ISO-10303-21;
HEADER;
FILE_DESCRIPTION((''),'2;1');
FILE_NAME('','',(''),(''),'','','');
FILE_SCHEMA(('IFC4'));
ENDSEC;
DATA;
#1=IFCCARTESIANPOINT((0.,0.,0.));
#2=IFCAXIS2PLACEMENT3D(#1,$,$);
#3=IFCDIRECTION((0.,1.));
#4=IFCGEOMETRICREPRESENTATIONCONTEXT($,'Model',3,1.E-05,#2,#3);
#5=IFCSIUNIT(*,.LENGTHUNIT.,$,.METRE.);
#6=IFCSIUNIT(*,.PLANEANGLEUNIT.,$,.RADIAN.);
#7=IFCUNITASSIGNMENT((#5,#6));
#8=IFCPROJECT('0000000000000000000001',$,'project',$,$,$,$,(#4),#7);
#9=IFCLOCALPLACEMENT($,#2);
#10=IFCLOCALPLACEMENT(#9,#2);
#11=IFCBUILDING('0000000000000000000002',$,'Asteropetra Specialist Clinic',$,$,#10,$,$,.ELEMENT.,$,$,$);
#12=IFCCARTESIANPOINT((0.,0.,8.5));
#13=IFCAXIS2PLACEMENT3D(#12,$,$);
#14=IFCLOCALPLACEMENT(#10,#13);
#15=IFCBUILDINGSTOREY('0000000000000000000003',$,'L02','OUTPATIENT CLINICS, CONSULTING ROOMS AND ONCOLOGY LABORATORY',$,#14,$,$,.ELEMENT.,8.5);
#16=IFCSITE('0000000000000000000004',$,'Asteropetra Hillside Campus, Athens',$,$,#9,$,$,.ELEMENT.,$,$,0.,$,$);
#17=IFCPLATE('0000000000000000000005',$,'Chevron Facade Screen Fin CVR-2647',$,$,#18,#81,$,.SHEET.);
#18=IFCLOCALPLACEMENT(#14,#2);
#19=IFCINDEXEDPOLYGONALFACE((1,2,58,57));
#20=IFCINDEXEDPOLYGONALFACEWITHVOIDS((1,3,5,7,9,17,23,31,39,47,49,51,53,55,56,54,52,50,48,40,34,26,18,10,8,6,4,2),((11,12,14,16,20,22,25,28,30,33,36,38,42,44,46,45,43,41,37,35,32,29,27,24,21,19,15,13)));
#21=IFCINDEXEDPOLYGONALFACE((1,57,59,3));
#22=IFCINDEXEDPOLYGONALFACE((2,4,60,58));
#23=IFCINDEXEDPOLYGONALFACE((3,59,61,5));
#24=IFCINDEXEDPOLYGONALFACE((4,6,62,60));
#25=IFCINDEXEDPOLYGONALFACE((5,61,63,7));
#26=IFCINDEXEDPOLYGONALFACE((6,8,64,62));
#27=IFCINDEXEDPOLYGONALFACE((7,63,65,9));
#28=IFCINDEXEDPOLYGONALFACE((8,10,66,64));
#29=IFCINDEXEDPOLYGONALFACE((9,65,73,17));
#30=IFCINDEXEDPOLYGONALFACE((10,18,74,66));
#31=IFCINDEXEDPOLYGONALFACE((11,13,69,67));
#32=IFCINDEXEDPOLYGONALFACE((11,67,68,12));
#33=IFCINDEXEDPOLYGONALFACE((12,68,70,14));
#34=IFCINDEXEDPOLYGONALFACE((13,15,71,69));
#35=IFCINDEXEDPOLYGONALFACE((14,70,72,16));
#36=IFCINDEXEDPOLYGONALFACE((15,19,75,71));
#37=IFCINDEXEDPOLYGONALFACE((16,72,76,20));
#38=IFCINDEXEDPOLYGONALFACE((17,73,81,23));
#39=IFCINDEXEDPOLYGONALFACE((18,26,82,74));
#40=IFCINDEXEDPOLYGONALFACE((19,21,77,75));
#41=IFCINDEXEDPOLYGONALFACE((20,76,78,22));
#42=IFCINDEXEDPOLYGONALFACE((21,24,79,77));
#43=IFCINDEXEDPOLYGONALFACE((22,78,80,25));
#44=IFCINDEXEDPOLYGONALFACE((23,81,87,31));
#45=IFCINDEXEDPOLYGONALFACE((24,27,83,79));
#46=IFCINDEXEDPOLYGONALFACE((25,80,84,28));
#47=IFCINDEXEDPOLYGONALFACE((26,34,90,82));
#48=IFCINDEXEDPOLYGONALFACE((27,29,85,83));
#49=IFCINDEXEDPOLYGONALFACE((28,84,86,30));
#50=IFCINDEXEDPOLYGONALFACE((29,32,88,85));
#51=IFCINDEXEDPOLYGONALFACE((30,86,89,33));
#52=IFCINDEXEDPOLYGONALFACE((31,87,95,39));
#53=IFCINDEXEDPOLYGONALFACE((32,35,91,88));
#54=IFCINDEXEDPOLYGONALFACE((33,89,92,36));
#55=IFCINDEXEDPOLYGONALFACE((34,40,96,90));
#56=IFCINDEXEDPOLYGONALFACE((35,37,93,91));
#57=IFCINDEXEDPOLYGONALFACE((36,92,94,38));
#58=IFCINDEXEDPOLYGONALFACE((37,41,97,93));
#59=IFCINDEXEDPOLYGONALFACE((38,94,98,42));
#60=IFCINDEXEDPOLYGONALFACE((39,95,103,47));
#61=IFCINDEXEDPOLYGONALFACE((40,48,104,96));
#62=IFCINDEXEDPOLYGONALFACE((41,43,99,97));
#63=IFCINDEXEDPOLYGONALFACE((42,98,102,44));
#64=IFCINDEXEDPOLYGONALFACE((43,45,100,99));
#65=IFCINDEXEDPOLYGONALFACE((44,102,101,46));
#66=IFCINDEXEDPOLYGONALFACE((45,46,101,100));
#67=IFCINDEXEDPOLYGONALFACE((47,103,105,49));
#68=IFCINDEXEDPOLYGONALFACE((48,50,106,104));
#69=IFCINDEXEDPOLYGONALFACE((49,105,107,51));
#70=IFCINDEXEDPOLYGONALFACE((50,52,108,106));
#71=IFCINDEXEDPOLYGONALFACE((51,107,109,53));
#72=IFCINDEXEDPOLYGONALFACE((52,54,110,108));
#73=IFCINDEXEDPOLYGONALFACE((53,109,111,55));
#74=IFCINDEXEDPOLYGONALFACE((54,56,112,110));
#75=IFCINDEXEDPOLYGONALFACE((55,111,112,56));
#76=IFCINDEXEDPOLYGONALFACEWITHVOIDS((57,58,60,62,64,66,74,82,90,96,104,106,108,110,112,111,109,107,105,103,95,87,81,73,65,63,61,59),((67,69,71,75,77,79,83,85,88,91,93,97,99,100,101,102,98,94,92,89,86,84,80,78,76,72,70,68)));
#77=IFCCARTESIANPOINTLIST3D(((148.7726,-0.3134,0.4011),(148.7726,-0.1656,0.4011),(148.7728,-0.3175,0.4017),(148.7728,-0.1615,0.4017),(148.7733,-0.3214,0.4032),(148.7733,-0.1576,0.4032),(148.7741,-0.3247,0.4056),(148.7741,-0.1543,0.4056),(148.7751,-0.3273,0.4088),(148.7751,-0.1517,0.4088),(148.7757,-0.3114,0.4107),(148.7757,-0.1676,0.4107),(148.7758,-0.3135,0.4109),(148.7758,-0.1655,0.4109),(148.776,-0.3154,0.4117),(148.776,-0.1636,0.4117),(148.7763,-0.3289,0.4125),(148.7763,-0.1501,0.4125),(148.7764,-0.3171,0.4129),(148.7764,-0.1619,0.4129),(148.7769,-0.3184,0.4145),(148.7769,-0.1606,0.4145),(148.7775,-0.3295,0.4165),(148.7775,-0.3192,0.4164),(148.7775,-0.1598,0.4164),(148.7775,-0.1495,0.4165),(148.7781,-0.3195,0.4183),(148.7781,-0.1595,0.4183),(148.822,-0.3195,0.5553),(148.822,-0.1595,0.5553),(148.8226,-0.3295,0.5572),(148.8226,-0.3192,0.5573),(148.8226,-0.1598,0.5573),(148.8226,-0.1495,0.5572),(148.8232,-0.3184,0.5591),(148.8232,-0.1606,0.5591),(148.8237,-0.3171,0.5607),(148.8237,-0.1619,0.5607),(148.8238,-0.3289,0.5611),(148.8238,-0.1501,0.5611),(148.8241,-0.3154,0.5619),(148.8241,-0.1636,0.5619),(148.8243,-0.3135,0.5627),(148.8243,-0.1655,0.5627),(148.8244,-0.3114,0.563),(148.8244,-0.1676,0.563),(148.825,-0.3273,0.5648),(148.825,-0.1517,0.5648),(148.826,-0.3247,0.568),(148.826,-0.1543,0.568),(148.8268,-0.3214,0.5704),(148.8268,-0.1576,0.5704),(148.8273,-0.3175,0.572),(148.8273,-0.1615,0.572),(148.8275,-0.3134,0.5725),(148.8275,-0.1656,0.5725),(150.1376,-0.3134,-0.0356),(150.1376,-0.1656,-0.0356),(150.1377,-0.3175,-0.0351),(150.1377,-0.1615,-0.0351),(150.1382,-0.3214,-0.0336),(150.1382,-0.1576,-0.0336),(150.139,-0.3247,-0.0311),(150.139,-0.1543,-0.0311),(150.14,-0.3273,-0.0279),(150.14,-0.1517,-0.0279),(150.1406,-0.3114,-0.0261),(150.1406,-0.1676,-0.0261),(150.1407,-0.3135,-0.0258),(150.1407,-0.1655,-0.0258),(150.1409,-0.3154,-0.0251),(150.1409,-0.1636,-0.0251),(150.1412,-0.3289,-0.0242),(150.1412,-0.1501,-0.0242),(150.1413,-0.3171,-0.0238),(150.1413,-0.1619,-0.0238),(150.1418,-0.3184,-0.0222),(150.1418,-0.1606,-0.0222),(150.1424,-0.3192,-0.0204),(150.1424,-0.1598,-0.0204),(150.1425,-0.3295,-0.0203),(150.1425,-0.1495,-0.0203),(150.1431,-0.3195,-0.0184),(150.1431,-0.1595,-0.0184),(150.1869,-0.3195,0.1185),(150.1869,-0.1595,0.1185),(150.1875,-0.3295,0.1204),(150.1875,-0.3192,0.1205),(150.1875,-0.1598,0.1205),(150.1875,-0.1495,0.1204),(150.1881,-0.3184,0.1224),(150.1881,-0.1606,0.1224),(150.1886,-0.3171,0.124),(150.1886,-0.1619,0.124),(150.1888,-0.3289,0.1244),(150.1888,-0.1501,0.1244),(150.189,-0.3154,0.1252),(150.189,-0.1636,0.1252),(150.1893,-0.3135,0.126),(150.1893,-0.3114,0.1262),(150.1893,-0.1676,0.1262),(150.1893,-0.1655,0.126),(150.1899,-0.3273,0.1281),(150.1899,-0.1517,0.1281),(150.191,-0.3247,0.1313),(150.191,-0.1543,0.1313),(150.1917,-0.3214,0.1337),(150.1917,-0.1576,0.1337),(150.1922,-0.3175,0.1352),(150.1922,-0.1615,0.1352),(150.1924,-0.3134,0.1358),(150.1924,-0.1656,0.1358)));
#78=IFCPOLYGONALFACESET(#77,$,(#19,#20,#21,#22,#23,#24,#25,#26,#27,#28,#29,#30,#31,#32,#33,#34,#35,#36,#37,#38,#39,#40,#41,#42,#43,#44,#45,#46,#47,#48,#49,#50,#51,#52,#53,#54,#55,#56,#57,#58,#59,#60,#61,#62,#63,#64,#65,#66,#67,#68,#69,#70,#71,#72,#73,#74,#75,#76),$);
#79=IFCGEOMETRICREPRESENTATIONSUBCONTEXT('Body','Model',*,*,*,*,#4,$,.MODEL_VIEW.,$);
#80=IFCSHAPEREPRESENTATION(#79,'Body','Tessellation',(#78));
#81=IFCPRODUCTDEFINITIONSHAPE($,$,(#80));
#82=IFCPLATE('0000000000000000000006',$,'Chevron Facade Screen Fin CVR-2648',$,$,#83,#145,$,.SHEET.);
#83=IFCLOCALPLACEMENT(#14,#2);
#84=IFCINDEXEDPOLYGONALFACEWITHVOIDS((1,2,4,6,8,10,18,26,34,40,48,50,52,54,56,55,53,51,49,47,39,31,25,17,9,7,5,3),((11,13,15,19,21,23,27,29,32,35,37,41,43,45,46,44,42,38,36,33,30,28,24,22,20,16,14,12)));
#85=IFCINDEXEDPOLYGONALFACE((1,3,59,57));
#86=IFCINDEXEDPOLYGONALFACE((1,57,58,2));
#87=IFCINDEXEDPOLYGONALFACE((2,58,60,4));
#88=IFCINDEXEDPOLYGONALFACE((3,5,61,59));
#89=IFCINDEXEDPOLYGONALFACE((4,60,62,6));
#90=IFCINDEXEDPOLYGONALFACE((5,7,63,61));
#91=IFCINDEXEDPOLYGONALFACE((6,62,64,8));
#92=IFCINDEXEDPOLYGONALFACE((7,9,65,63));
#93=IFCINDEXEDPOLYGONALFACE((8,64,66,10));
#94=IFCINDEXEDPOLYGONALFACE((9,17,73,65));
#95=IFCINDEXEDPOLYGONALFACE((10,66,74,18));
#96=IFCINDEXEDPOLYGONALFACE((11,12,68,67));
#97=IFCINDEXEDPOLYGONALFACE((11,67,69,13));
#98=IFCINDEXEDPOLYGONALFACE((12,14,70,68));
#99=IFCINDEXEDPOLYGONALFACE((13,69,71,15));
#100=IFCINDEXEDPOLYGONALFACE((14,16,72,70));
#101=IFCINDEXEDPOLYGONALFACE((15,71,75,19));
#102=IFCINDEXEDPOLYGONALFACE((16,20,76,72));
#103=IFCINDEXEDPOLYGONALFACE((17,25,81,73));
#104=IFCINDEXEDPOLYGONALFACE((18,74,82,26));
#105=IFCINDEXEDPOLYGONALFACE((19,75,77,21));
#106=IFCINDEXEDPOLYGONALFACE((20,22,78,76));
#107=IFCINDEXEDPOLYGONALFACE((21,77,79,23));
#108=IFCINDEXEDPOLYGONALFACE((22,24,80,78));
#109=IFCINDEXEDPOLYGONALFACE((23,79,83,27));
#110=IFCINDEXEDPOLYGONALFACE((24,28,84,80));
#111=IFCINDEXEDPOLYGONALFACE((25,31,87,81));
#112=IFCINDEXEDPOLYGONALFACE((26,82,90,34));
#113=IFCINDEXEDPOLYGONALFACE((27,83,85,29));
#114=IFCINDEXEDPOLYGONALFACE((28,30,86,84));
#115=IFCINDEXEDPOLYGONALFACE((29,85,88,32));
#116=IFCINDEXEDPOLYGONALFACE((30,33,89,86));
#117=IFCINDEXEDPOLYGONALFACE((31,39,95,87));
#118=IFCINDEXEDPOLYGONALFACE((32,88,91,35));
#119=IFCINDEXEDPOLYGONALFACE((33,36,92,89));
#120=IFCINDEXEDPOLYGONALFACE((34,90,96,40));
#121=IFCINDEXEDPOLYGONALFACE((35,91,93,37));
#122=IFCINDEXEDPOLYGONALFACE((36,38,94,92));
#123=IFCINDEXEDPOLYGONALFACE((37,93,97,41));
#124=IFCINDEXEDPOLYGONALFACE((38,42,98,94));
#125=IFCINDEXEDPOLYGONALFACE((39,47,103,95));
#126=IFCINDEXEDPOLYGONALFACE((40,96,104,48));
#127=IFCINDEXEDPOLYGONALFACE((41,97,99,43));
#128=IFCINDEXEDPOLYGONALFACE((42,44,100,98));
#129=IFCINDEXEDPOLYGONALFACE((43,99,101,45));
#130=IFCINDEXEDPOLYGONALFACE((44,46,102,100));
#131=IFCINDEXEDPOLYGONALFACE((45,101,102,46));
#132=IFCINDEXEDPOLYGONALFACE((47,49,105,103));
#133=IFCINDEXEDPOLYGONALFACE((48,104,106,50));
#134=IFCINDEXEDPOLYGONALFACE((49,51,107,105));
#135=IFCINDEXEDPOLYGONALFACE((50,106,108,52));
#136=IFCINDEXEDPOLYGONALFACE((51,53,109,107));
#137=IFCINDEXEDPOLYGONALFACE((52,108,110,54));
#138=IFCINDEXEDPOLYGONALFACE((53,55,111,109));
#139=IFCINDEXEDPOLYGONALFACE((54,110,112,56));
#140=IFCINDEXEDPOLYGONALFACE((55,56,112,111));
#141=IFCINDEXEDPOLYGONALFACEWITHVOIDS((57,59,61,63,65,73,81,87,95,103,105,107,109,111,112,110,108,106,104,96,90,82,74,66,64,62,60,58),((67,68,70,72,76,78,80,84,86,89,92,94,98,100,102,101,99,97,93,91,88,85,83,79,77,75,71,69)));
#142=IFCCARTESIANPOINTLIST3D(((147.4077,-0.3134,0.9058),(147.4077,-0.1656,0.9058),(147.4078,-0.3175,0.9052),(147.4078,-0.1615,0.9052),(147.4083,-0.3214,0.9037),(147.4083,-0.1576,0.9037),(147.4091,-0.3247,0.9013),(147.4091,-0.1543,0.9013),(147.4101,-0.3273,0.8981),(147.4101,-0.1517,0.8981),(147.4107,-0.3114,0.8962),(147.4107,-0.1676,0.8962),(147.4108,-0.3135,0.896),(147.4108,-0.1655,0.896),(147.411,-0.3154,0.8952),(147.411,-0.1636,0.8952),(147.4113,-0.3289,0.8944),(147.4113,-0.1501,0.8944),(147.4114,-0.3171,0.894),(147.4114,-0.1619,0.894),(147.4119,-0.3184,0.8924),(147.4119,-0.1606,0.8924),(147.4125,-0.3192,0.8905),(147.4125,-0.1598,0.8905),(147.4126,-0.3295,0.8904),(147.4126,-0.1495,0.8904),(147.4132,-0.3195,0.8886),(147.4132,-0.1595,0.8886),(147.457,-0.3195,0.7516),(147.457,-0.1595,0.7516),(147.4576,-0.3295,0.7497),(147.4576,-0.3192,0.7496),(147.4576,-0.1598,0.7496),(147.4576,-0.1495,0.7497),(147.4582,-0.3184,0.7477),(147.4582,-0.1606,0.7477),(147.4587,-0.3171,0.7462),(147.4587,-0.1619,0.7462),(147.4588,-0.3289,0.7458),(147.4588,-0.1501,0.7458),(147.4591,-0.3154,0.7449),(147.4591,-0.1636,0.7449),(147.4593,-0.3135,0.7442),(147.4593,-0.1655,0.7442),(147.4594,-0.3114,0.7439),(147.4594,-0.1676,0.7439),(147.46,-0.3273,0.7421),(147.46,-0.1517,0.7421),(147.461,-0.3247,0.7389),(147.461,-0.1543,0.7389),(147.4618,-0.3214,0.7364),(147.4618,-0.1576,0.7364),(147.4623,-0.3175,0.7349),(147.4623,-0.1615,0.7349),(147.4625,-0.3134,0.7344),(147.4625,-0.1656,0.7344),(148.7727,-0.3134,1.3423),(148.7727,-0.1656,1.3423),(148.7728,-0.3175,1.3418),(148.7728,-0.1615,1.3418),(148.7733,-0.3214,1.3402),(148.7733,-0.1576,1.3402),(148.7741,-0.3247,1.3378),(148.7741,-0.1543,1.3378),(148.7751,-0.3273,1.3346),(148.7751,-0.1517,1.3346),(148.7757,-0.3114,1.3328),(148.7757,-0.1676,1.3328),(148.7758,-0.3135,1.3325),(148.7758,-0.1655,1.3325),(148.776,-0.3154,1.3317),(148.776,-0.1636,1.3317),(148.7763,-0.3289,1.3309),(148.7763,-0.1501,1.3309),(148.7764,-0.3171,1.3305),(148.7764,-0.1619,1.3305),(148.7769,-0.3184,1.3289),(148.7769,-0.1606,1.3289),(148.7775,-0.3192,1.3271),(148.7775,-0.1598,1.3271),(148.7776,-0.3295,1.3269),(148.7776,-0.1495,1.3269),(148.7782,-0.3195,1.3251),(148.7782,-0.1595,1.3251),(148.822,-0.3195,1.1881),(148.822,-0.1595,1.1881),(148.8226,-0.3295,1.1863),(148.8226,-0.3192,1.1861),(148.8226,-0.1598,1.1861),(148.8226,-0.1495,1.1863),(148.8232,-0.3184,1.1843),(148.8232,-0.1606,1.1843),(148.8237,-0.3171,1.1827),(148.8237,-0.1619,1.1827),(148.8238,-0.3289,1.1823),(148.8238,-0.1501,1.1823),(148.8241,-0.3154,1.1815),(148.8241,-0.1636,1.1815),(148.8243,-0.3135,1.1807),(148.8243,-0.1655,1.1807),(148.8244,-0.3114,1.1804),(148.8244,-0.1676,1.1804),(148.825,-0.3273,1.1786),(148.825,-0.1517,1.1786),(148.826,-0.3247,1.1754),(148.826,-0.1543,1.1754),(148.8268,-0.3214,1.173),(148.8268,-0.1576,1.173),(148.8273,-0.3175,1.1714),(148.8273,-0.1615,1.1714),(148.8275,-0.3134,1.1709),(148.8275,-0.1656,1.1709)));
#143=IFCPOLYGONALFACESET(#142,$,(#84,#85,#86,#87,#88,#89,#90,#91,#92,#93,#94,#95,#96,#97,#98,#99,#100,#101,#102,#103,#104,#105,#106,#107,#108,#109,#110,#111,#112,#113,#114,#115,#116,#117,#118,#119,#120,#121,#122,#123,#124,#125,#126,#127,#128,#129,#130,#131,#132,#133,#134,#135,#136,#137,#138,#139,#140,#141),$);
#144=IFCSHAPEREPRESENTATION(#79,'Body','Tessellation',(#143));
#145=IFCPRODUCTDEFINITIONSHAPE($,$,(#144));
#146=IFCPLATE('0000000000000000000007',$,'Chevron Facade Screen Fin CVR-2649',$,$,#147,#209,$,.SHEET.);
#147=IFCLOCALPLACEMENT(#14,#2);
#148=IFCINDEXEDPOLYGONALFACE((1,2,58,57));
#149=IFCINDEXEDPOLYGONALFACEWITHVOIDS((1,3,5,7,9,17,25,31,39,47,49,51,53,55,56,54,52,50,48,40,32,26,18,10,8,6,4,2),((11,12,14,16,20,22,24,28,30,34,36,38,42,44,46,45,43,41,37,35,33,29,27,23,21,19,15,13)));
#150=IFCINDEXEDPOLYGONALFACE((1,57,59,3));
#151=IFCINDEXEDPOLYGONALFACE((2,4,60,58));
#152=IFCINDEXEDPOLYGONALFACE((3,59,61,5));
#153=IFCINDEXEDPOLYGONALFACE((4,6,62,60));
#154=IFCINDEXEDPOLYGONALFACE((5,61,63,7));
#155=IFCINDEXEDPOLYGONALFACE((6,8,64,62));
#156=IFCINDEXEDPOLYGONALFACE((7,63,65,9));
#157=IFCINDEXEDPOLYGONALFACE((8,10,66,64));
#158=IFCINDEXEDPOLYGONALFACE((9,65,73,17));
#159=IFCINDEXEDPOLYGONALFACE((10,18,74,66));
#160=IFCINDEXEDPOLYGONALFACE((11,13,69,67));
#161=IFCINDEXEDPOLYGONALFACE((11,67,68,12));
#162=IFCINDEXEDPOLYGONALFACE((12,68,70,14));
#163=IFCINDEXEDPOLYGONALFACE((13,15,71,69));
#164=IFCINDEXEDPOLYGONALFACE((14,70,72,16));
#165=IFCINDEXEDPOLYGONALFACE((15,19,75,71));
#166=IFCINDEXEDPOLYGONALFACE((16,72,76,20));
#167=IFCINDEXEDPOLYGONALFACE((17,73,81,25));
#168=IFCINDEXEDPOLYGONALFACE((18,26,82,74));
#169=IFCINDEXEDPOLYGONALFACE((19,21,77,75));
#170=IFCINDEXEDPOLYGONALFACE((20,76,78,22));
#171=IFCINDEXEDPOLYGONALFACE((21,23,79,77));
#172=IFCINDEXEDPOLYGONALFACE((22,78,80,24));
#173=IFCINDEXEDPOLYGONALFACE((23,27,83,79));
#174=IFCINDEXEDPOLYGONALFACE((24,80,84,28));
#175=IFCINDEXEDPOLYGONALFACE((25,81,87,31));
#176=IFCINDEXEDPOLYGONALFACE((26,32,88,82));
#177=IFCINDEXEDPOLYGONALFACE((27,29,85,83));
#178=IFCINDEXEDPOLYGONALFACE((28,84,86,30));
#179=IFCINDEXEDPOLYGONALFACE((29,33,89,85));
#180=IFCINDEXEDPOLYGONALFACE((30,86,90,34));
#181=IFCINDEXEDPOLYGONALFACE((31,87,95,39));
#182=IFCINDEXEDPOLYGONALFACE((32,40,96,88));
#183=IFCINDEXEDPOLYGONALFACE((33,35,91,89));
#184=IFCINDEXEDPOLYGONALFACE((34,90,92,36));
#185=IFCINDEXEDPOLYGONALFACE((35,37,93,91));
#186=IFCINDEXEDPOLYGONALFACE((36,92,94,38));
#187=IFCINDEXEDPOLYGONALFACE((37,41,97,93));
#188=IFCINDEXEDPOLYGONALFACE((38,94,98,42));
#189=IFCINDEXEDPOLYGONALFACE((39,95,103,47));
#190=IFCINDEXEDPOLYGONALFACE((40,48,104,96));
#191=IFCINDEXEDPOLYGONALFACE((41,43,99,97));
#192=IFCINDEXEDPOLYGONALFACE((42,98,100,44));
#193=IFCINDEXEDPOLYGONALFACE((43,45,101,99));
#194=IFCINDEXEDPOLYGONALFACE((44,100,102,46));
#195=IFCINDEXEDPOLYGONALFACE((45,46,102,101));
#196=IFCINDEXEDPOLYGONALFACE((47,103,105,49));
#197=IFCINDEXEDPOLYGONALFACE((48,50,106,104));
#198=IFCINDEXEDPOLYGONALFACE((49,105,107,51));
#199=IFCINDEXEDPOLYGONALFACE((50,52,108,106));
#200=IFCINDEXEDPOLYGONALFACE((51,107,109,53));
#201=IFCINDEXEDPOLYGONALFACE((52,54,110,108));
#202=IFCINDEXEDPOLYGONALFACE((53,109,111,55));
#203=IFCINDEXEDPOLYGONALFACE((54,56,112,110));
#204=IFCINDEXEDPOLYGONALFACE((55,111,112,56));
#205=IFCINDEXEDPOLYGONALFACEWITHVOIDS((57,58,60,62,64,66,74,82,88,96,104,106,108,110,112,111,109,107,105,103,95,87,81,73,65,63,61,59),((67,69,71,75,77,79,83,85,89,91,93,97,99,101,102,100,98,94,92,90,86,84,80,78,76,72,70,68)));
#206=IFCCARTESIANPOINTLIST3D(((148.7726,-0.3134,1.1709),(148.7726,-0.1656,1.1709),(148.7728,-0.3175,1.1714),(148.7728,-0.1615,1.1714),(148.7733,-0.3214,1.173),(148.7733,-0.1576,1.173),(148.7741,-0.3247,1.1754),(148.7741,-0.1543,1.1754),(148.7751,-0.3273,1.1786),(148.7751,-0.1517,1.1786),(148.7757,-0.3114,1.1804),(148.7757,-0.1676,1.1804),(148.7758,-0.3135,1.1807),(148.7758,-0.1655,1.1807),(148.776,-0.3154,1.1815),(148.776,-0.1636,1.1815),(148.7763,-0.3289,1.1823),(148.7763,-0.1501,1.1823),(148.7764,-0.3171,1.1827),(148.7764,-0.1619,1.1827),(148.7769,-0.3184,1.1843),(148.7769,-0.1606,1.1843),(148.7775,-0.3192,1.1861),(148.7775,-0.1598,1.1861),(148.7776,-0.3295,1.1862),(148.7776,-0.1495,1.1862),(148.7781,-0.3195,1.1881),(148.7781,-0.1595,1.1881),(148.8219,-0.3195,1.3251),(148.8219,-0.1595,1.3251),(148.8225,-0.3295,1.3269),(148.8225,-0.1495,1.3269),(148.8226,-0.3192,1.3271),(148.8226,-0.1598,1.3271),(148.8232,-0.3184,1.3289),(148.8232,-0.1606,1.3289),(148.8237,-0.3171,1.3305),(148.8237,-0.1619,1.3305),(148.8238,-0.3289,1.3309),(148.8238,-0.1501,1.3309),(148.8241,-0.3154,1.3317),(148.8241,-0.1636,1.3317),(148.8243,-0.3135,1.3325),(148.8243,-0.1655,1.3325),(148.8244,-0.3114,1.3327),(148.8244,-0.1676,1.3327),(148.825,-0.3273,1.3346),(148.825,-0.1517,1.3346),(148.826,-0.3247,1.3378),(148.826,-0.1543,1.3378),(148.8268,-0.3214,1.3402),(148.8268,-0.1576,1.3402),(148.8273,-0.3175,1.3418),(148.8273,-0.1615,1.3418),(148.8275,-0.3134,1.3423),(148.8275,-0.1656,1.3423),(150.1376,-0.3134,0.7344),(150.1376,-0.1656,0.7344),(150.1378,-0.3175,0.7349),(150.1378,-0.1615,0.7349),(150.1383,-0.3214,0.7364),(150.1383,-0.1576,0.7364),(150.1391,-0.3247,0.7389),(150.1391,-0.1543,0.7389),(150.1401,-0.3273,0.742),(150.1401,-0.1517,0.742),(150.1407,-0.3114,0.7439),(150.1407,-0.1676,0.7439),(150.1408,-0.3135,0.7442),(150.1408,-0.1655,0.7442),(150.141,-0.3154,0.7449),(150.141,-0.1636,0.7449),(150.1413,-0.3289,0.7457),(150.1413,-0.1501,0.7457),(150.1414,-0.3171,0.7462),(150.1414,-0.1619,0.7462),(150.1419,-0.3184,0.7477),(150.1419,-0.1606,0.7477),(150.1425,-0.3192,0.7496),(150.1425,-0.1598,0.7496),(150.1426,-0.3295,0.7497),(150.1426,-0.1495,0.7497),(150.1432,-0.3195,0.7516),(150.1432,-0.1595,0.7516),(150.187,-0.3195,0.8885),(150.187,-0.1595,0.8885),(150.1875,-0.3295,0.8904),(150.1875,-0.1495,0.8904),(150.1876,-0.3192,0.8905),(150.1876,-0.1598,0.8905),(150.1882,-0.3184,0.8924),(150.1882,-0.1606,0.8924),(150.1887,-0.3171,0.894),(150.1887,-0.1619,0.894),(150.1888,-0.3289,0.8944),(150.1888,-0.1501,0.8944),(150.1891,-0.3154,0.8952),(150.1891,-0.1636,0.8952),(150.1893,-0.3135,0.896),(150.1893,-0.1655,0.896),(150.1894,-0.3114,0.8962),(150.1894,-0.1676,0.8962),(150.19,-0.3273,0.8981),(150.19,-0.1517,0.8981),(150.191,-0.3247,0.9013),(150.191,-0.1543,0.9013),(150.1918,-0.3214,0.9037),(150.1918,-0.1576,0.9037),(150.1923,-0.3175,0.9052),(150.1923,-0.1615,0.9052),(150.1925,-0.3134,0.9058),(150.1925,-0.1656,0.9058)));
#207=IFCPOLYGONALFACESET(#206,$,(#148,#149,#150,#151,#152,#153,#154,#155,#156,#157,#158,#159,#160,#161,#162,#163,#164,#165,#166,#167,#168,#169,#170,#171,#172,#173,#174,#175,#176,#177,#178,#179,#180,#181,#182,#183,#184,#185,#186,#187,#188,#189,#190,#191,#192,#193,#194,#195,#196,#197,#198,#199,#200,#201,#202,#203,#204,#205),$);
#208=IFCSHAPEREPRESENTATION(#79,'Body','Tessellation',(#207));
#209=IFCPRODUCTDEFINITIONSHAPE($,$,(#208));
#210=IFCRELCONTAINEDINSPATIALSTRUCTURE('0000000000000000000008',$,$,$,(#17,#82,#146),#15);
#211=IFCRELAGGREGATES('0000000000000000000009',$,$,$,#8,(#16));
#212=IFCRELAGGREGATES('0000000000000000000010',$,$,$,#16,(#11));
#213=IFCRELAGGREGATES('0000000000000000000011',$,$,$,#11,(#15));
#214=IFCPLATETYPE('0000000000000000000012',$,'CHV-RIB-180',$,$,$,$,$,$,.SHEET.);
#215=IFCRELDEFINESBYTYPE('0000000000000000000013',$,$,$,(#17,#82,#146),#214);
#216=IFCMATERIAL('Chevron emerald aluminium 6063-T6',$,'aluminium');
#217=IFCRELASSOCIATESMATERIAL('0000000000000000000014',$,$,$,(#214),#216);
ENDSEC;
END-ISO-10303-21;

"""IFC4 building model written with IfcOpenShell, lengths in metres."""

from ifc_helpers import new_model, si_unit, direction, frame, origin, origin_2d, place, context, subcontext, project, spatial, hollow_rectangle, extrude, material, material_profile, profile_set, type_object, element, save


model = new_model("IFC4")

# Units and contexts
model_context = context("Model", 3, precision=1e-05, world=origin(), true_north=direction((0.0, 1.0)))
body_context = subcontext(model_context, "Body", "Model", "MODEL_VIEW")
ifc_project = project(units=[si_unit("LENGTHUNIT", "METRE"), si_unit("PLANEANGLEUNIT", "RADIAN")], contexts=[model_context])

# Site, building, storey
site_placement = place(None, origin())
site = spatial("IfcSite", under=ifc_project, at=site_placement, Name="Asteropetra Hillside Campus, Athens", CompositionType="ELEMENT", RefElevation=0.0)
building_placement = place(site_placement, origin())
building = spatial("IfcBuilding", under=site, at=building_placement, Name="Asteropetra Specialist Clinic", CompositionType="ELEMENT")
storey_placement = place(building_placement, frame((0.0, 0.0, 8.5)))
storey = spatial("IfcBuildingStorey", under=building, at=storey_placement, Name="L02", Description="OUTPATIENT CLINICS, CONSULTING ROOMS AND ONCOLOGY LABORATORY", CompositionType="ELEMENT", Elevation=8.5)

# Plates
ifc_material_1 = material(Name="Chevron emerald aluminium 6063-T6", Category="aluminium")
ifc_material_profile_1 = material_profile(ifc_material_1, hollow_rectangle(XDim=0.1799, YDim=0.1799, WallThickness=0.01, InnerFilletRadius=0.0081, OuterFilletRadius=0.0161, at=origin_2d()), Name="SHS 180x180x10.0")
ifc_profile_set_1 = profile_set([ifc_material_profile_1], Name="Chevron emerald aluminium 6063-T6")
plate_type = type_object("IfcPlateType", Name="CHV-RIB-180", PredefinedType="SHEET", material=ifc_profile_set_1)
for number, where, z_axis, x_axis, name in (
    (1, (148.8, -0.2395, 0.4868), (0.95243, 0.0, -0.304757), (0.0, 1.0, 0.0), "Chevron Facade Screen Fin CVR-2647"),
    (2, (147.4351, -0.2395, 0.8201), (0.95248, 0.0, 0.304603), (0.0, 1.0, 0.0), "Chevron Facade Screen Fin CVR-2648"),
    (3, (148.8, -0.2395, 1.2566), (0.95248, 0.0, -0.304603), (0.0, 1.0, 0.0), "Chevron Facade Screen Fin CVR-2649"),
):
    element("IfcPlate", number, at=place(storey_placement, frame(where, z_axis=z_axis, x_axis=x_axis)), inside=storey, type_object=plate_type, Name=name, PredefinedType="SHEET", context=body_context, shape_type="SweptSolid", body=[
        extrude(hollow_rectangle(XDim=0.1799, YDim=0.1799, WallThickness=0.01, InnerFilletRadius=0.0081, OuterFilletRadius=0.0161, at=origin_2d()), origin(), (0.0, 0.0, 1.0), 1.4331),
    ])

save(model, "model.ifc")
